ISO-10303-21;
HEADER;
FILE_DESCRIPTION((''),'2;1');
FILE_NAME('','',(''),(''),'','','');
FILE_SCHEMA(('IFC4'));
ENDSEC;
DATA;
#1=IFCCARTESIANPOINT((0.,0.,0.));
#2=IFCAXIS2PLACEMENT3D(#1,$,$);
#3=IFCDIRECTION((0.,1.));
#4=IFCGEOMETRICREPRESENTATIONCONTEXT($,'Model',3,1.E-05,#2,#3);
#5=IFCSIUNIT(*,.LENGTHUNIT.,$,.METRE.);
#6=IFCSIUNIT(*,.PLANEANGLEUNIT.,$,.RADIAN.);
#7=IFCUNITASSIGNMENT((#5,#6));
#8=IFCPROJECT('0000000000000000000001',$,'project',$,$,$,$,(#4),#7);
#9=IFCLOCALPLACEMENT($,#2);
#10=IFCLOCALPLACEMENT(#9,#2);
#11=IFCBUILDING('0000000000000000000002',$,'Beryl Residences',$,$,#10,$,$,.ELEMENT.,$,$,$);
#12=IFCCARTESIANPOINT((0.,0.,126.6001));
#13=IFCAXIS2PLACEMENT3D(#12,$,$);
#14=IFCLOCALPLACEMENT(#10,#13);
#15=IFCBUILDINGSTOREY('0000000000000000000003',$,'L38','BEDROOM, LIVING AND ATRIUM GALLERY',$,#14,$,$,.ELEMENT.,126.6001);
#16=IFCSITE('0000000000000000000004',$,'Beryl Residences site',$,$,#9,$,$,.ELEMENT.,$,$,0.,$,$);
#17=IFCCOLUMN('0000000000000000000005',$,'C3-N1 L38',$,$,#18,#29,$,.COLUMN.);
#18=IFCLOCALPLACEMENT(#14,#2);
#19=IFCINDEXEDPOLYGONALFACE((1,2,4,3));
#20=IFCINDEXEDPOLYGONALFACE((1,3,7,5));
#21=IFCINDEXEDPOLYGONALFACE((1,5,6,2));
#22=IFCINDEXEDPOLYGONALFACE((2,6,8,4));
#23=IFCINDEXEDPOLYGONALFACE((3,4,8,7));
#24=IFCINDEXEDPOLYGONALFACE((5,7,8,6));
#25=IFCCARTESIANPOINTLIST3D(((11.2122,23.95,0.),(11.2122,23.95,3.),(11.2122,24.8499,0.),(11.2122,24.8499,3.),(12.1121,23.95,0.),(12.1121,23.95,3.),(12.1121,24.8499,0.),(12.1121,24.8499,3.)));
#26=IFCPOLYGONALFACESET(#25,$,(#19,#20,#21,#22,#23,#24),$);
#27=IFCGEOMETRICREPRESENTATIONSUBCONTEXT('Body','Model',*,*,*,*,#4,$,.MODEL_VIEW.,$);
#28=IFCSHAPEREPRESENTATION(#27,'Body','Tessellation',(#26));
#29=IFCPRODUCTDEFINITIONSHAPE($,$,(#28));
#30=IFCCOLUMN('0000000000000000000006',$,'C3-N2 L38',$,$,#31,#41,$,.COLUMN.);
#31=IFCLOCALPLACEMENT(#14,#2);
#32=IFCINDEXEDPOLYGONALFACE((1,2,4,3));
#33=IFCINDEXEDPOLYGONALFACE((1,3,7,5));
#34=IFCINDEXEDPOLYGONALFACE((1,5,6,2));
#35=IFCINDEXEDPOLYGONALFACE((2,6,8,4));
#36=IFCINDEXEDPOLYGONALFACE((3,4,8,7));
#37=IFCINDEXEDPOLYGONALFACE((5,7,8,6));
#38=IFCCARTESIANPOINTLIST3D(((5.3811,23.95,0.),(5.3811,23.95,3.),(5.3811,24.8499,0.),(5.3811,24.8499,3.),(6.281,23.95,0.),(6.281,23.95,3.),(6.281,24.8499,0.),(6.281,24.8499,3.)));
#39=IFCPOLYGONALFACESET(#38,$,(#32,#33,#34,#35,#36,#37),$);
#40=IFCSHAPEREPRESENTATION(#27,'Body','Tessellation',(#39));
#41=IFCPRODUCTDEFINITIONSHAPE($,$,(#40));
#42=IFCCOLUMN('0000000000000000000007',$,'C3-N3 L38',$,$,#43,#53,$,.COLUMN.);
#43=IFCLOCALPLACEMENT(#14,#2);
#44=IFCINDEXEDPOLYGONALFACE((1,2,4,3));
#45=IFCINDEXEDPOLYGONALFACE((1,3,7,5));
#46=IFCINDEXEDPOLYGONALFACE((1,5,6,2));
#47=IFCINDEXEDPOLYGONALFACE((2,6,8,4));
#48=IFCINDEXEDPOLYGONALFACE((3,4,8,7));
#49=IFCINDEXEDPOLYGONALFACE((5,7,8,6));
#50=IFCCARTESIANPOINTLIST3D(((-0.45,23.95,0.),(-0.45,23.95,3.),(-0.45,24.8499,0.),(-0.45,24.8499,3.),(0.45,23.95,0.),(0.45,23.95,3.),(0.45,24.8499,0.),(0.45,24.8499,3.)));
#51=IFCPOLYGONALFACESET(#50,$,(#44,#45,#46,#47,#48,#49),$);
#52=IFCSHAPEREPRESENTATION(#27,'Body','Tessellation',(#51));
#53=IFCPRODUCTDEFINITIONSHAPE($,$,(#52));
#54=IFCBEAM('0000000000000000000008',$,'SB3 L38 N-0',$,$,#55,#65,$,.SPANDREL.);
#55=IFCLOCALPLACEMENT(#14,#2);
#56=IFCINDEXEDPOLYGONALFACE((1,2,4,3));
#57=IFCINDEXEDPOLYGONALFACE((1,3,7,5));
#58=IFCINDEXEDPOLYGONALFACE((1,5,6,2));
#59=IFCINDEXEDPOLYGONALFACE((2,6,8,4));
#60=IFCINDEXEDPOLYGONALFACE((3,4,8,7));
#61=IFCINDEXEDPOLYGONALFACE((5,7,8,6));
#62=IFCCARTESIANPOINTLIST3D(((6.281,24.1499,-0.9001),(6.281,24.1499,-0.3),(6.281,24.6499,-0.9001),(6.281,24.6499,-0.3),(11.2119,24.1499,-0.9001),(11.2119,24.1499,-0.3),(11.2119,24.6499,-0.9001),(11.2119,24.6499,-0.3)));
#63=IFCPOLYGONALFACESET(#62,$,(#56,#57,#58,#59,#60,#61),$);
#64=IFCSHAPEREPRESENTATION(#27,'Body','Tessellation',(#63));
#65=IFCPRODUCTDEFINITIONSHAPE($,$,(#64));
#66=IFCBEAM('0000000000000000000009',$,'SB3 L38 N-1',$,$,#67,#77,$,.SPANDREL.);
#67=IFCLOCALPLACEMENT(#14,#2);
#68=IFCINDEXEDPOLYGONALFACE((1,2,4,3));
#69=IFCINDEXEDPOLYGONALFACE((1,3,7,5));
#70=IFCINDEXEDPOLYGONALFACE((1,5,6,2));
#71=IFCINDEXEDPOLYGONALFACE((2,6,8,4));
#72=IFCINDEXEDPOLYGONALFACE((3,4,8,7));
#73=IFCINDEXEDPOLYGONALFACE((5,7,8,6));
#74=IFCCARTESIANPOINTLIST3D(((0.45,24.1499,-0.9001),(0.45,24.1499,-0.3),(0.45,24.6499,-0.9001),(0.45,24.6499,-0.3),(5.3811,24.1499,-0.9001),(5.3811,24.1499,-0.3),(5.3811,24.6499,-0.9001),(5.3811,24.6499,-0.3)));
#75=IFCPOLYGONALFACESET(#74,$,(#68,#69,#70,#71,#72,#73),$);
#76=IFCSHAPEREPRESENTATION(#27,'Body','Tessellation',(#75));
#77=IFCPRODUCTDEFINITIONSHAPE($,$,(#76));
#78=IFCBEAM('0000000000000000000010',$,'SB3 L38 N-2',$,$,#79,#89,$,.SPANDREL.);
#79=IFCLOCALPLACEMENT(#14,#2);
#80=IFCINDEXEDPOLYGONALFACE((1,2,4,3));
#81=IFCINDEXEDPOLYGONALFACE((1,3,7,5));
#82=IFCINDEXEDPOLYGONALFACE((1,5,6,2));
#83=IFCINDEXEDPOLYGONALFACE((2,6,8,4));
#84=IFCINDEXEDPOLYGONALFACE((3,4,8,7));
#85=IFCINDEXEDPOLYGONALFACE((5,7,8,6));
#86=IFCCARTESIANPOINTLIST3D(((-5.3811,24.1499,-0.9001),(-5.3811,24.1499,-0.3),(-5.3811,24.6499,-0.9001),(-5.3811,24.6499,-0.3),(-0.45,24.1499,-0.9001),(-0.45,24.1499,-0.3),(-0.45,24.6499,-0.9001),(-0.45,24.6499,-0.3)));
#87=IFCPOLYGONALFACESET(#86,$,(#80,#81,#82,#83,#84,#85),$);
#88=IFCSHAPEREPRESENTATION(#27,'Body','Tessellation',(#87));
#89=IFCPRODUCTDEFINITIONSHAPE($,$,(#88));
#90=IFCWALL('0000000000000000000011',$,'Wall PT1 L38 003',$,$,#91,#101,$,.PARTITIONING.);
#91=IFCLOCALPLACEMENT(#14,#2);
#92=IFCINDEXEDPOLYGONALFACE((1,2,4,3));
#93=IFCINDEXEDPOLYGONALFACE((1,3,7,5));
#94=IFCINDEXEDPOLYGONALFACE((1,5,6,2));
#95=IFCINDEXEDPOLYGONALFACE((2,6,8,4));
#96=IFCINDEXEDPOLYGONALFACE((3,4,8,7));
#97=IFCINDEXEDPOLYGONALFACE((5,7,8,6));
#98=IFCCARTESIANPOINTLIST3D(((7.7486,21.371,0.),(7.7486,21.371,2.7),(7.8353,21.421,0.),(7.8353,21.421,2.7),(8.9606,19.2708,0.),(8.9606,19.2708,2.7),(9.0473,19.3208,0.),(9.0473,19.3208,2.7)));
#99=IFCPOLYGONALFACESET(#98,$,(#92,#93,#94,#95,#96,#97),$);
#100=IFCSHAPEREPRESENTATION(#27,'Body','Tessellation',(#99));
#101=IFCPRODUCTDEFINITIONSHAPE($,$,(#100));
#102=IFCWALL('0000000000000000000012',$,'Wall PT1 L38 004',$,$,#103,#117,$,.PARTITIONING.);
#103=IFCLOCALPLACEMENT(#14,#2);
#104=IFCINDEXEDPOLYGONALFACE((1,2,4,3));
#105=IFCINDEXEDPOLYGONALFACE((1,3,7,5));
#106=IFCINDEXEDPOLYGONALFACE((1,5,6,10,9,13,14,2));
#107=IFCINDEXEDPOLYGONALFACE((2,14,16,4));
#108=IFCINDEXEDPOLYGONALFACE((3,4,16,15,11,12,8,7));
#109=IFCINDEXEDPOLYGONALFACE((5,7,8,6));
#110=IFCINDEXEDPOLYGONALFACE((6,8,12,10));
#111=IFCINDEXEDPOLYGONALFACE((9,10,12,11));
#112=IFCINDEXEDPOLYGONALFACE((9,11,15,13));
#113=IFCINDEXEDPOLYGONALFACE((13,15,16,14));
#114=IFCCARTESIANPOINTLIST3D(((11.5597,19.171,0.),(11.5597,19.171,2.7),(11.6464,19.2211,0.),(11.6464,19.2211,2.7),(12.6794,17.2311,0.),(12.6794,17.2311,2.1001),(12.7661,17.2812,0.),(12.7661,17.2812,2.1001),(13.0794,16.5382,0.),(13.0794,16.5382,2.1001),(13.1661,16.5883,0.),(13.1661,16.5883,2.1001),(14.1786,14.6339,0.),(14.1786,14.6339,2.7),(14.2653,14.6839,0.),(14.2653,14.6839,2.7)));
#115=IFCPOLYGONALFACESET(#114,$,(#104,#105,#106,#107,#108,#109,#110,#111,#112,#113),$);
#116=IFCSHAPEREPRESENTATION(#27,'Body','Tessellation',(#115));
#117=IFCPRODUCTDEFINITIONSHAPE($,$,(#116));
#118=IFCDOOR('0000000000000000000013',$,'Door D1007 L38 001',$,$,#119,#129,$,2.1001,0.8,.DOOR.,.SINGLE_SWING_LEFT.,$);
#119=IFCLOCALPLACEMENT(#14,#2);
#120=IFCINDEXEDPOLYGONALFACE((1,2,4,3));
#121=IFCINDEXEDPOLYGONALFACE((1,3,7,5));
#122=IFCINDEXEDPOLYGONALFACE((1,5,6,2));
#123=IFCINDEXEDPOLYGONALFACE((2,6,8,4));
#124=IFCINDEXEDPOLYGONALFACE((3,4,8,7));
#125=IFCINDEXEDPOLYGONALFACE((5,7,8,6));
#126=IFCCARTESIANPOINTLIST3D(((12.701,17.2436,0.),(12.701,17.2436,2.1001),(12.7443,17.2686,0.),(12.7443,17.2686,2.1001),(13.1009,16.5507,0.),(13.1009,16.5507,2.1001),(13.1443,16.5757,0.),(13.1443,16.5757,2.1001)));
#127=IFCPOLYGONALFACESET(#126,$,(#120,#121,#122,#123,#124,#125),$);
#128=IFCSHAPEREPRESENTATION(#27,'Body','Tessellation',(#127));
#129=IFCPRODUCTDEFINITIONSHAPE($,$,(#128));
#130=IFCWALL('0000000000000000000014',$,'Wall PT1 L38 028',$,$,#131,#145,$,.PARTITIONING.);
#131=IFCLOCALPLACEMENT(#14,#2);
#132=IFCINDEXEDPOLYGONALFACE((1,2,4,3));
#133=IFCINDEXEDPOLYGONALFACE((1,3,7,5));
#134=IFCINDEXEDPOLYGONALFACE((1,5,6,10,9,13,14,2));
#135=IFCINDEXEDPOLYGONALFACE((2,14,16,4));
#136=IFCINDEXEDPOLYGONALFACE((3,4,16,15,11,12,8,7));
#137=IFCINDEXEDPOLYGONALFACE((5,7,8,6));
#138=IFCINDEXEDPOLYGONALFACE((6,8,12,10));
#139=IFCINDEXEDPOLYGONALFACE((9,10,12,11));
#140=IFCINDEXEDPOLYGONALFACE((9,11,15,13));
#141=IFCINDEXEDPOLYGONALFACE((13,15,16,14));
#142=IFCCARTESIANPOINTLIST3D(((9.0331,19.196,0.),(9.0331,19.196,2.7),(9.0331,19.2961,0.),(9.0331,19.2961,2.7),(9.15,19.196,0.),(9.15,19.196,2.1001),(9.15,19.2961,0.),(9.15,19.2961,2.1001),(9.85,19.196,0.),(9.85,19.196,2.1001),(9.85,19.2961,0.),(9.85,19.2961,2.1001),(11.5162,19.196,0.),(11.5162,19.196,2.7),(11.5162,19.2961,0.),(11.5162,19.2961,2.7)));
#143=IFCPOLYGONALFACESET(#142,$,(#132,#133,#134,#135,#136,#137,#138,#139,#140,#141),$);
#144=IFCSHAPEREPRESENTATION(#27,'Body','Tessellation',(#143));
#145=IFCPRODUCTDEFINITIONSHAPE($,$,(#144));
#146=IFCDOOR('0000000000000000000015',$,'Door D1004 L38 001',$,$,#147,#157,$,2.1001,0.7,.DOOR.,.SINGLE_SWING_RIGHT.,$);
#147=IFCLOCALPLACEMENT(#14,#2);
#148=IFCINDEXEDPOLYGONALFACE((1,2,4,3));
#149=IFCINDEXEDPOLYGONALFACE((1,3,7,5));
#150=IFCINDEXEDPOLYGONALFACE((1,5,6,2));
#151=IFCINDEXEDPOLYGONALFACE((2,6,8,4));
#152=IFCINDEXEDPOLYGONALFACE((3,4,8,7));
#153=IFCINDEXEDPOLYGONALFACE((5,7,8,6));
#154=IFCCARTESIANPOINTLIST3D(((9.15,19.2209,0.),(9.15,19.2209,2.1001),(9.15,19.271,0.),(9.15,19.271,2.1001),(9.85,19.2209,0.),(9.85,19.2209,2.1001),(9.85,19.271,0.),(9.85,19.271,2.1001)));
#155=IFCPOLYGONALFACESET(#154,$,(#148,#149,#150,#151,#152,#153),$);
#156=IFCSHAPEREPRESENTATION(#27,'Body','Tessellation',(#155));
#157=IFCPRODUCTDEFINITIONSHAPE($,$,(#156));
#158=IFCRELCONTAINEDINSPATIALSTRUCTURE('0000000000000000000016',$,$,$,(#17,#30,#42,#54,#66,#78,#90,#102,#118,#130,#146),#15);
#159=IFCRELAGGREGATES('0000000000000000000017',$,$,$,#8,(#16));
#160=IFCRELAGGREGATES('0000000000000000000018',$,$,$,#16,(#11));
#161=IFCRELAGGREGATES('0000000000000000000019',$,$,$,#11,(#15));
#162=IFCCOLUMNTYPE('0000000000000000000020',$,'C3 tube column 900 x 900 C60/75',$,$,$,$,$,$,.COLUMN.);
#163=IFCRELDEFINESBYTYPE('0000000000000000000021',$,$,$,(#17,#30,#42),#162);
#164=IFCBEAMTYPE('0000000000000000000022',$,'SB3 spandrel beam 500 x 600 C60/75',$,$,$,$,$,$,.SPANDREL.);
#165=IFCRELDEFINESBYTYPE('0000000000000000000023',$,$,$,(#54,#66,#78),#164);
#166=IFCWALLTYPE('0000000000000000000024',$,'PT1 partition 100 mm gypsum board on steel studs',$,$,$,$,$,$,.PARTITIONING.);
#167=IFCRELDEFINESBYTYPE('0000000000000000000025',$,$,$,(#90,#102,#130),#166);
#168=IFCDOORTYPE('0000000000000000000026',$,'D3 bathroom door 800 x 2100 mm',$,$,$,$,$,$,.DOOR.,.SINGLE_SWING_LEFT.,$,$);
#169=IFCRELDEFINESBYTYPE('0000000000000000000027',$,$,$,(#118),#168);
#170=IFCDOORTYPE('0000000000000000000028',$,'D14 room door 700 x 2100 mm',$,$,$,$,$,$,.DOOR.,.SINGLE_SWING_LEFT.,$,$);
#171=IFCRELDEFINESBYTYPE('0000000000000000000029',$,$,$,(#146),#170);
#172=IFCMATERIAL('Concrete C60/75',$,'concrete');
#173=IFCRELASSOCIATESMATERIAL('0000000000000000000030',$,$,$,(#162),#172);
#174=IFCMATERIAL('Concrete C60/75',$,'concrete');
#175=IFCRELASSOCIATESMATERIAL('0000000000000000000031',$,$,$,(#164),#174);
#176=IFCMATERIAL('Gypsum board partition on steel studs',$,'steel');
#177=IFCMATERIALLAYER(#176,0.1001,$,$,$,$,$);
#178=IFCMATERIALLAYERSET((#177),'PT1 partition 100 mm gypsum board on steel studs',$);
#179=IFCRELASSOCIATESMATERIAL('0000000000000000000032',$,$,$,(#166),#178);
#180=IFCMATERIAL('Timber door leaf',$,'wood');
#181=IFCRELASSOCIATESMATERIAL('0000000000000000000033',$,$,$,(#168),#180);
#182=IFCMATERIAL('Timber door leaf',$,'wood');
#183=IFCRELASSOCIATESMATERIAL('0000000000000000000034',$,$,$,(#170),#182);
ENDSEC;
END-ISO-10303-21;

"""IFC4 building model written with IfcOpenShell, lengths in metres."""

from ifc_helpers import new_model, si_unit, direction, frame, frame_2d, origin, origin_2d, place, context, subcontext, project, spatial, rectangle, extrude, material, layer, layer_set, material_profile, profile_set, type_object, element, fill, save


model = new_model("IFC4")

# Units and contexts
model_context = context("Model", 3, precision=1e-05, world=origin(), true_north=direction((0.0, 1.0)))
body_context = subcontext(model_context, "Body", "Model", "MODEL_VIEW")
ifc_project = project(units=[si_unit("LENGTHUNIT", "METRE"), si_unit("PLANEANGLEUNIT", "RADIAN")], contexts=[model_context])

# Site, building, storey
site_placement = place(None, origin())
site = spatial("IfcSite", under=ifc_project, at=site_placement, Name="Beryl Residences site", CompositionType="ELEMENT", RefElevation=0.0)
building_placement = place(site_placement, origin())
building = spatial("IfcBuilding", under=site, at=building_placement, Name="Beryl Residences", CompositionType="ELEMENT")
storey_placement = place(building_placement, frame((0.0, 0.0, 126.6001)))
storey = spatial("IfcBuildingStorey", under=building, at=storey_placement, Name="L38", Description="BEDROOM, LIVING AND ATRIUM GALLERY", CompositionType="ELEMENT", Elevation=126.6001)

# Columns
ifc_material_1 = material(Name="Concrete C60/75", Category="concrete")
ifc_material_profile_1 = material_profile(ifc_material_1, rectangle(XDim=0.8999, YDim=0.8999, at=origin_2d()))
ifc_profile_set_1 = profile_set([ifc_material_profile_1], Name="Concrete C60/75")
column_type = type_object("IfcColumnType", Name="C3 tube column 900 x 900 C60/75", PredefinedType="COLUMN", material=ifc_profile_set_1)
for number, where, z_axis, x_axis, name in (
    (1, (11.6621, 24.3999, 0.0), (0.0, 0.0, 1.0), (-1.0, 0.0, 0.0), "C3-N1 L38"),
    (2, (5.8311, 24.3999, 0.0), (0.0, 0.0, 1.0), (-1.0, 0.0, 0.0), "C3-N2 L38"),
    (3, (0.0, 24.3999, 0.0), (0.0, 0.0, 1.0), (-1.0, 0.0, 0.0), "C3-N3 L38"),
):
    element("IfcColumn", number, at=place(storey_placement, frame(where, z_axis=z_axis, x_axis=x_axis)), inside=storey, type_object=column_type, Name=name, PredefinedType="COLUMN", context=body_context, shape_type="SweptSolid", body=[
        extrude(rectangle(XDim=0.8999, YDim=0.8999, at=origin_2d()), origin(), (0.0, 0.0, 1.0), 3.0),
    ])

# Beams
ifc_material_2 = material(Name="Concrete C60/75", Category="concrete")
ifc_material_profile_2 = material_profile(ifc_material_2, rectangle(XDim=0.5, YDim=0.6001, at=origin_2d()))
ifc_profile_set_2 = profile_set([ifc_material_profile_2], Name="Concrete C60/75")
beam_type = type_object("IfcBeamType", Name="SB3 spandrel beam 500 x 600 C60/75", PredefinedType="SPANDREL", material=ifc_profile_set_2)
beam_placement = place(storey_placement, frame((11.2119, 24.3999, -0.6001), z_axis=(-1.0, 0.0, 0.0), x_axis=(0.0, -1.0, 0.0)))
element("IfcBeam", 4, at=beam_placement, inside=storey, type_object=beam_type, Name="SB3 L38 N-0", PredefinedType="SPANDREL", context=body_context, shape_type="SweptSolid", body=[
    extrude(rectangle(XDim=0.5, YDim=0.6001, at=origin_2d()), origin(), (0.0, 0.0, 1.0), 4.9309),
])
for number, where, z_axis, x_axis, name in (
    (5, (5.3811, 24.3999, -0.6001), (-1.0, 0.0, 0.0), (0.0, -1.0, 0.0), "SB3 L38 N-1"),
    (6, (-0.45, 24.3999, -0.6001), (-1.0, 0.0, 0.0), (0.0, -1.0, 0.0), "SB3 L38 N-2"),
):
    element("IfcBeam", number, at=place(storey_placement, frame(where, z_axis=z_axis, x_axis=x_axis)), inside=storey, type_object=beam_type, Name=name, PredefinedType="SPANDREL", context=body_context, shape_type="SweptSolid", body=[
        extrude(rectangle(XDim=0.5, YDim=0.6001, at=origin_2d()), origin(), (0.0, 0.0, 1.0), 4.9312),
    ])

# Wall
ifc_material_3 = material(Name="Gypsum board partition on steel studs", Category="steel")
ifc_layer_1 = layer(ifc_material_3, 0.1001)
ifc_layer_set_1 = layer_set([ifc_layer_1], Name="PT1 partition 100 mm gypsum board on steel studs")
wall_type_1 = type_object("IfcWallType", Name="PT1 partition 100 mm gypsum board on steel studs", PredefinedType="PARTITIONING", material=ifc_layer_set_1)
wall_1_placement = place(storey_placement, frame((7.792, 21.396, 0.0), z_axis=(0.0, 0.0, 1.0), x_axis=(0.499821, -0.866129, 0.0)))
element("IfcWall", 7, at=wall_1_placement, inside=storey, type_object=wall_type_1, Name="Wall PT1 L38 003", PredefinedType="PARTITIONING", context=body_context, shape_type="SweptSolid", body=[
    extrude(rectangle(XDim=2.4248, YDim=0.1001, at=frame_2d((1.2124, 0.0))), origin(), (0.0, 0.0, 1.0), 2.7),
])

# Walls, openings, doors
wall_2_placement = place(storey_placement, frame((11.603, 19.196, 0.0), z_axis=(0.0, 0.0, 1.0), x_axis=(0.499913, -0.866075, 0.0)))
wall_2 = element("IfcWall", 8, at=wall_2_placement, inside=storey, type_object=wall_type_1, Name="Wall PT1 L38 004", PredefinedType="PARTITIONING", context=body_context, shape_type="SweptSolid", body=[
    extrude(rectangle(XDim=5.2388, YDim=0.1001, at=frame_2d((2.6194, 0.0))), origin(), (0.0, 0.0, 1.0), 2.7),
])
opening_1_placement = place(wall_2_placement, frame((2.24, 0.0, 0.0)))
opening_1 = element("IfcOpeningElement", 9, at=opening_1_placement, cuts=wall_2, PredefinedType="OPENING", context=body_context, shape_type="SweptSolid", body=[
    extrude(rectangle(XDim=0.8, YDim=2.1001, at=frame_2d((0.3999, 1.05))), frame((0.0, 0.0601, 0.0), z_axis=(0.0, -1.0, 0.0), x_axis=(1.0, 0.0, 0.0)), (0.0, 0.0, 1.0), 0.1201),
])
ifc_material_4 = material(Name="Timber door leaf", Category="wood")
door_type_1 = type_object("IfcDoorType", Name="D3 bathroom door 800 x 2100 mm", OperationType="SINGLE_SWING_LEFT", PredefinedType="DOOR", material=ifc_material_4)
door_1_placement = place(opening_1_placement, origin())
door_1 = element("IfcDoor", 10, at=door_1_placement, inside=storey, type_object=door_type_1, Name="Door D1007 L38 001", OperationType="SINGLE_SWING_LEFT", OverallHeight=2.1001, OverallWidth=0.8, PredefinedType="DOOR", context=body_context, shape_type="SweptSolid", body=[
    extrude(rectangle(XDim=0.8, YDim=2.1001, at=frame_2d((0.3999, 1.05))), frame((0.0, 0.0249, 0.0), z_axis=(0.0, -1.0, 0.0), x_axis=(1.0, 0.0, 0.0)), (0.0, 0.0, 1.0), 0.05),
])
fill(opening_1, door_1)
wall_3_placement = place(storey_placement, frame((9.033, 19.2461, 0.0), z_axis=(0.0, 0.0, 1.0), x_axis=(1.0, 0.0, 0.0)))
wall_3 = element("IfcWall", 11, at=wall_3_placement, inside=storey, type_object=wall_type_1, Name="Wall PT1 L38 028", PredefinedType="PARTITIONING", context=body_context, shape_type="SweptSolid", body=[
    extrude(rectangle(XDim=2.4832, YDim=0.1001, at=frame_2d((1.2417, 0.0))), origin(), (0.0, 0.0, 1.0), 2.7),
])
opening_2_placement = place(wall_3_placement, frame((0.1169, 0.0, 0.0)))
opening_2 = element("IfcOpeningElement", 12, at=opening_2_placement, cuts=wall_3, PredefinedType="OPENING", context=body_context, shape_type="SweptSolid", body=[
    extrude(rectangle(XDim=0.7, YDim=2.1001, at=frame_2d((0.3501, 1.05))), frame((0.0, 0.0601, 0.0), z_axis=(0.0, -1.0, 0.0), x_axis=(1.0, 0.0, 0.0)), (0.0, 0.0, 1.0), 0.1201),
])
ifc_material_5 = material(Name="Timber door leaf", Category="wood")
door_type_2 = type_object("IfcDoorType", Name="D14 room door 700 x 2100 mm", OperationType="SINGLE_SWING_LEFT", PredefinedType="DOOR", material=ifc_material_5)
door_2_placement = place(opening_2_placement, origin())
door_2 = element("IfcDoor", 13, at=door_2_placement, inside=storey, type_object=door_type_2, Name="Door D1004 L38 001", OperationType="SINGLE_SWING_RIGHT", OverallHeight=2.1001, OverallWidth=0.7, PredefinedType="DOOR", context=body_context, shape_type="SweptSolid", body=[
    extrude(rectangle(XDim=0.7, YDim=2.1001, at=frame_2d((0.3501, 1.05))), frame((0.0, 0.0249, 0.0), z_axis=(0.0, -1.0, 0.0), x_axis=(1.0, 0.0, 0.0)), (0.0, 0.0, 1.0), 0.05),
])
fill(opening_2, door_2)

save(model, "model.ifc")
